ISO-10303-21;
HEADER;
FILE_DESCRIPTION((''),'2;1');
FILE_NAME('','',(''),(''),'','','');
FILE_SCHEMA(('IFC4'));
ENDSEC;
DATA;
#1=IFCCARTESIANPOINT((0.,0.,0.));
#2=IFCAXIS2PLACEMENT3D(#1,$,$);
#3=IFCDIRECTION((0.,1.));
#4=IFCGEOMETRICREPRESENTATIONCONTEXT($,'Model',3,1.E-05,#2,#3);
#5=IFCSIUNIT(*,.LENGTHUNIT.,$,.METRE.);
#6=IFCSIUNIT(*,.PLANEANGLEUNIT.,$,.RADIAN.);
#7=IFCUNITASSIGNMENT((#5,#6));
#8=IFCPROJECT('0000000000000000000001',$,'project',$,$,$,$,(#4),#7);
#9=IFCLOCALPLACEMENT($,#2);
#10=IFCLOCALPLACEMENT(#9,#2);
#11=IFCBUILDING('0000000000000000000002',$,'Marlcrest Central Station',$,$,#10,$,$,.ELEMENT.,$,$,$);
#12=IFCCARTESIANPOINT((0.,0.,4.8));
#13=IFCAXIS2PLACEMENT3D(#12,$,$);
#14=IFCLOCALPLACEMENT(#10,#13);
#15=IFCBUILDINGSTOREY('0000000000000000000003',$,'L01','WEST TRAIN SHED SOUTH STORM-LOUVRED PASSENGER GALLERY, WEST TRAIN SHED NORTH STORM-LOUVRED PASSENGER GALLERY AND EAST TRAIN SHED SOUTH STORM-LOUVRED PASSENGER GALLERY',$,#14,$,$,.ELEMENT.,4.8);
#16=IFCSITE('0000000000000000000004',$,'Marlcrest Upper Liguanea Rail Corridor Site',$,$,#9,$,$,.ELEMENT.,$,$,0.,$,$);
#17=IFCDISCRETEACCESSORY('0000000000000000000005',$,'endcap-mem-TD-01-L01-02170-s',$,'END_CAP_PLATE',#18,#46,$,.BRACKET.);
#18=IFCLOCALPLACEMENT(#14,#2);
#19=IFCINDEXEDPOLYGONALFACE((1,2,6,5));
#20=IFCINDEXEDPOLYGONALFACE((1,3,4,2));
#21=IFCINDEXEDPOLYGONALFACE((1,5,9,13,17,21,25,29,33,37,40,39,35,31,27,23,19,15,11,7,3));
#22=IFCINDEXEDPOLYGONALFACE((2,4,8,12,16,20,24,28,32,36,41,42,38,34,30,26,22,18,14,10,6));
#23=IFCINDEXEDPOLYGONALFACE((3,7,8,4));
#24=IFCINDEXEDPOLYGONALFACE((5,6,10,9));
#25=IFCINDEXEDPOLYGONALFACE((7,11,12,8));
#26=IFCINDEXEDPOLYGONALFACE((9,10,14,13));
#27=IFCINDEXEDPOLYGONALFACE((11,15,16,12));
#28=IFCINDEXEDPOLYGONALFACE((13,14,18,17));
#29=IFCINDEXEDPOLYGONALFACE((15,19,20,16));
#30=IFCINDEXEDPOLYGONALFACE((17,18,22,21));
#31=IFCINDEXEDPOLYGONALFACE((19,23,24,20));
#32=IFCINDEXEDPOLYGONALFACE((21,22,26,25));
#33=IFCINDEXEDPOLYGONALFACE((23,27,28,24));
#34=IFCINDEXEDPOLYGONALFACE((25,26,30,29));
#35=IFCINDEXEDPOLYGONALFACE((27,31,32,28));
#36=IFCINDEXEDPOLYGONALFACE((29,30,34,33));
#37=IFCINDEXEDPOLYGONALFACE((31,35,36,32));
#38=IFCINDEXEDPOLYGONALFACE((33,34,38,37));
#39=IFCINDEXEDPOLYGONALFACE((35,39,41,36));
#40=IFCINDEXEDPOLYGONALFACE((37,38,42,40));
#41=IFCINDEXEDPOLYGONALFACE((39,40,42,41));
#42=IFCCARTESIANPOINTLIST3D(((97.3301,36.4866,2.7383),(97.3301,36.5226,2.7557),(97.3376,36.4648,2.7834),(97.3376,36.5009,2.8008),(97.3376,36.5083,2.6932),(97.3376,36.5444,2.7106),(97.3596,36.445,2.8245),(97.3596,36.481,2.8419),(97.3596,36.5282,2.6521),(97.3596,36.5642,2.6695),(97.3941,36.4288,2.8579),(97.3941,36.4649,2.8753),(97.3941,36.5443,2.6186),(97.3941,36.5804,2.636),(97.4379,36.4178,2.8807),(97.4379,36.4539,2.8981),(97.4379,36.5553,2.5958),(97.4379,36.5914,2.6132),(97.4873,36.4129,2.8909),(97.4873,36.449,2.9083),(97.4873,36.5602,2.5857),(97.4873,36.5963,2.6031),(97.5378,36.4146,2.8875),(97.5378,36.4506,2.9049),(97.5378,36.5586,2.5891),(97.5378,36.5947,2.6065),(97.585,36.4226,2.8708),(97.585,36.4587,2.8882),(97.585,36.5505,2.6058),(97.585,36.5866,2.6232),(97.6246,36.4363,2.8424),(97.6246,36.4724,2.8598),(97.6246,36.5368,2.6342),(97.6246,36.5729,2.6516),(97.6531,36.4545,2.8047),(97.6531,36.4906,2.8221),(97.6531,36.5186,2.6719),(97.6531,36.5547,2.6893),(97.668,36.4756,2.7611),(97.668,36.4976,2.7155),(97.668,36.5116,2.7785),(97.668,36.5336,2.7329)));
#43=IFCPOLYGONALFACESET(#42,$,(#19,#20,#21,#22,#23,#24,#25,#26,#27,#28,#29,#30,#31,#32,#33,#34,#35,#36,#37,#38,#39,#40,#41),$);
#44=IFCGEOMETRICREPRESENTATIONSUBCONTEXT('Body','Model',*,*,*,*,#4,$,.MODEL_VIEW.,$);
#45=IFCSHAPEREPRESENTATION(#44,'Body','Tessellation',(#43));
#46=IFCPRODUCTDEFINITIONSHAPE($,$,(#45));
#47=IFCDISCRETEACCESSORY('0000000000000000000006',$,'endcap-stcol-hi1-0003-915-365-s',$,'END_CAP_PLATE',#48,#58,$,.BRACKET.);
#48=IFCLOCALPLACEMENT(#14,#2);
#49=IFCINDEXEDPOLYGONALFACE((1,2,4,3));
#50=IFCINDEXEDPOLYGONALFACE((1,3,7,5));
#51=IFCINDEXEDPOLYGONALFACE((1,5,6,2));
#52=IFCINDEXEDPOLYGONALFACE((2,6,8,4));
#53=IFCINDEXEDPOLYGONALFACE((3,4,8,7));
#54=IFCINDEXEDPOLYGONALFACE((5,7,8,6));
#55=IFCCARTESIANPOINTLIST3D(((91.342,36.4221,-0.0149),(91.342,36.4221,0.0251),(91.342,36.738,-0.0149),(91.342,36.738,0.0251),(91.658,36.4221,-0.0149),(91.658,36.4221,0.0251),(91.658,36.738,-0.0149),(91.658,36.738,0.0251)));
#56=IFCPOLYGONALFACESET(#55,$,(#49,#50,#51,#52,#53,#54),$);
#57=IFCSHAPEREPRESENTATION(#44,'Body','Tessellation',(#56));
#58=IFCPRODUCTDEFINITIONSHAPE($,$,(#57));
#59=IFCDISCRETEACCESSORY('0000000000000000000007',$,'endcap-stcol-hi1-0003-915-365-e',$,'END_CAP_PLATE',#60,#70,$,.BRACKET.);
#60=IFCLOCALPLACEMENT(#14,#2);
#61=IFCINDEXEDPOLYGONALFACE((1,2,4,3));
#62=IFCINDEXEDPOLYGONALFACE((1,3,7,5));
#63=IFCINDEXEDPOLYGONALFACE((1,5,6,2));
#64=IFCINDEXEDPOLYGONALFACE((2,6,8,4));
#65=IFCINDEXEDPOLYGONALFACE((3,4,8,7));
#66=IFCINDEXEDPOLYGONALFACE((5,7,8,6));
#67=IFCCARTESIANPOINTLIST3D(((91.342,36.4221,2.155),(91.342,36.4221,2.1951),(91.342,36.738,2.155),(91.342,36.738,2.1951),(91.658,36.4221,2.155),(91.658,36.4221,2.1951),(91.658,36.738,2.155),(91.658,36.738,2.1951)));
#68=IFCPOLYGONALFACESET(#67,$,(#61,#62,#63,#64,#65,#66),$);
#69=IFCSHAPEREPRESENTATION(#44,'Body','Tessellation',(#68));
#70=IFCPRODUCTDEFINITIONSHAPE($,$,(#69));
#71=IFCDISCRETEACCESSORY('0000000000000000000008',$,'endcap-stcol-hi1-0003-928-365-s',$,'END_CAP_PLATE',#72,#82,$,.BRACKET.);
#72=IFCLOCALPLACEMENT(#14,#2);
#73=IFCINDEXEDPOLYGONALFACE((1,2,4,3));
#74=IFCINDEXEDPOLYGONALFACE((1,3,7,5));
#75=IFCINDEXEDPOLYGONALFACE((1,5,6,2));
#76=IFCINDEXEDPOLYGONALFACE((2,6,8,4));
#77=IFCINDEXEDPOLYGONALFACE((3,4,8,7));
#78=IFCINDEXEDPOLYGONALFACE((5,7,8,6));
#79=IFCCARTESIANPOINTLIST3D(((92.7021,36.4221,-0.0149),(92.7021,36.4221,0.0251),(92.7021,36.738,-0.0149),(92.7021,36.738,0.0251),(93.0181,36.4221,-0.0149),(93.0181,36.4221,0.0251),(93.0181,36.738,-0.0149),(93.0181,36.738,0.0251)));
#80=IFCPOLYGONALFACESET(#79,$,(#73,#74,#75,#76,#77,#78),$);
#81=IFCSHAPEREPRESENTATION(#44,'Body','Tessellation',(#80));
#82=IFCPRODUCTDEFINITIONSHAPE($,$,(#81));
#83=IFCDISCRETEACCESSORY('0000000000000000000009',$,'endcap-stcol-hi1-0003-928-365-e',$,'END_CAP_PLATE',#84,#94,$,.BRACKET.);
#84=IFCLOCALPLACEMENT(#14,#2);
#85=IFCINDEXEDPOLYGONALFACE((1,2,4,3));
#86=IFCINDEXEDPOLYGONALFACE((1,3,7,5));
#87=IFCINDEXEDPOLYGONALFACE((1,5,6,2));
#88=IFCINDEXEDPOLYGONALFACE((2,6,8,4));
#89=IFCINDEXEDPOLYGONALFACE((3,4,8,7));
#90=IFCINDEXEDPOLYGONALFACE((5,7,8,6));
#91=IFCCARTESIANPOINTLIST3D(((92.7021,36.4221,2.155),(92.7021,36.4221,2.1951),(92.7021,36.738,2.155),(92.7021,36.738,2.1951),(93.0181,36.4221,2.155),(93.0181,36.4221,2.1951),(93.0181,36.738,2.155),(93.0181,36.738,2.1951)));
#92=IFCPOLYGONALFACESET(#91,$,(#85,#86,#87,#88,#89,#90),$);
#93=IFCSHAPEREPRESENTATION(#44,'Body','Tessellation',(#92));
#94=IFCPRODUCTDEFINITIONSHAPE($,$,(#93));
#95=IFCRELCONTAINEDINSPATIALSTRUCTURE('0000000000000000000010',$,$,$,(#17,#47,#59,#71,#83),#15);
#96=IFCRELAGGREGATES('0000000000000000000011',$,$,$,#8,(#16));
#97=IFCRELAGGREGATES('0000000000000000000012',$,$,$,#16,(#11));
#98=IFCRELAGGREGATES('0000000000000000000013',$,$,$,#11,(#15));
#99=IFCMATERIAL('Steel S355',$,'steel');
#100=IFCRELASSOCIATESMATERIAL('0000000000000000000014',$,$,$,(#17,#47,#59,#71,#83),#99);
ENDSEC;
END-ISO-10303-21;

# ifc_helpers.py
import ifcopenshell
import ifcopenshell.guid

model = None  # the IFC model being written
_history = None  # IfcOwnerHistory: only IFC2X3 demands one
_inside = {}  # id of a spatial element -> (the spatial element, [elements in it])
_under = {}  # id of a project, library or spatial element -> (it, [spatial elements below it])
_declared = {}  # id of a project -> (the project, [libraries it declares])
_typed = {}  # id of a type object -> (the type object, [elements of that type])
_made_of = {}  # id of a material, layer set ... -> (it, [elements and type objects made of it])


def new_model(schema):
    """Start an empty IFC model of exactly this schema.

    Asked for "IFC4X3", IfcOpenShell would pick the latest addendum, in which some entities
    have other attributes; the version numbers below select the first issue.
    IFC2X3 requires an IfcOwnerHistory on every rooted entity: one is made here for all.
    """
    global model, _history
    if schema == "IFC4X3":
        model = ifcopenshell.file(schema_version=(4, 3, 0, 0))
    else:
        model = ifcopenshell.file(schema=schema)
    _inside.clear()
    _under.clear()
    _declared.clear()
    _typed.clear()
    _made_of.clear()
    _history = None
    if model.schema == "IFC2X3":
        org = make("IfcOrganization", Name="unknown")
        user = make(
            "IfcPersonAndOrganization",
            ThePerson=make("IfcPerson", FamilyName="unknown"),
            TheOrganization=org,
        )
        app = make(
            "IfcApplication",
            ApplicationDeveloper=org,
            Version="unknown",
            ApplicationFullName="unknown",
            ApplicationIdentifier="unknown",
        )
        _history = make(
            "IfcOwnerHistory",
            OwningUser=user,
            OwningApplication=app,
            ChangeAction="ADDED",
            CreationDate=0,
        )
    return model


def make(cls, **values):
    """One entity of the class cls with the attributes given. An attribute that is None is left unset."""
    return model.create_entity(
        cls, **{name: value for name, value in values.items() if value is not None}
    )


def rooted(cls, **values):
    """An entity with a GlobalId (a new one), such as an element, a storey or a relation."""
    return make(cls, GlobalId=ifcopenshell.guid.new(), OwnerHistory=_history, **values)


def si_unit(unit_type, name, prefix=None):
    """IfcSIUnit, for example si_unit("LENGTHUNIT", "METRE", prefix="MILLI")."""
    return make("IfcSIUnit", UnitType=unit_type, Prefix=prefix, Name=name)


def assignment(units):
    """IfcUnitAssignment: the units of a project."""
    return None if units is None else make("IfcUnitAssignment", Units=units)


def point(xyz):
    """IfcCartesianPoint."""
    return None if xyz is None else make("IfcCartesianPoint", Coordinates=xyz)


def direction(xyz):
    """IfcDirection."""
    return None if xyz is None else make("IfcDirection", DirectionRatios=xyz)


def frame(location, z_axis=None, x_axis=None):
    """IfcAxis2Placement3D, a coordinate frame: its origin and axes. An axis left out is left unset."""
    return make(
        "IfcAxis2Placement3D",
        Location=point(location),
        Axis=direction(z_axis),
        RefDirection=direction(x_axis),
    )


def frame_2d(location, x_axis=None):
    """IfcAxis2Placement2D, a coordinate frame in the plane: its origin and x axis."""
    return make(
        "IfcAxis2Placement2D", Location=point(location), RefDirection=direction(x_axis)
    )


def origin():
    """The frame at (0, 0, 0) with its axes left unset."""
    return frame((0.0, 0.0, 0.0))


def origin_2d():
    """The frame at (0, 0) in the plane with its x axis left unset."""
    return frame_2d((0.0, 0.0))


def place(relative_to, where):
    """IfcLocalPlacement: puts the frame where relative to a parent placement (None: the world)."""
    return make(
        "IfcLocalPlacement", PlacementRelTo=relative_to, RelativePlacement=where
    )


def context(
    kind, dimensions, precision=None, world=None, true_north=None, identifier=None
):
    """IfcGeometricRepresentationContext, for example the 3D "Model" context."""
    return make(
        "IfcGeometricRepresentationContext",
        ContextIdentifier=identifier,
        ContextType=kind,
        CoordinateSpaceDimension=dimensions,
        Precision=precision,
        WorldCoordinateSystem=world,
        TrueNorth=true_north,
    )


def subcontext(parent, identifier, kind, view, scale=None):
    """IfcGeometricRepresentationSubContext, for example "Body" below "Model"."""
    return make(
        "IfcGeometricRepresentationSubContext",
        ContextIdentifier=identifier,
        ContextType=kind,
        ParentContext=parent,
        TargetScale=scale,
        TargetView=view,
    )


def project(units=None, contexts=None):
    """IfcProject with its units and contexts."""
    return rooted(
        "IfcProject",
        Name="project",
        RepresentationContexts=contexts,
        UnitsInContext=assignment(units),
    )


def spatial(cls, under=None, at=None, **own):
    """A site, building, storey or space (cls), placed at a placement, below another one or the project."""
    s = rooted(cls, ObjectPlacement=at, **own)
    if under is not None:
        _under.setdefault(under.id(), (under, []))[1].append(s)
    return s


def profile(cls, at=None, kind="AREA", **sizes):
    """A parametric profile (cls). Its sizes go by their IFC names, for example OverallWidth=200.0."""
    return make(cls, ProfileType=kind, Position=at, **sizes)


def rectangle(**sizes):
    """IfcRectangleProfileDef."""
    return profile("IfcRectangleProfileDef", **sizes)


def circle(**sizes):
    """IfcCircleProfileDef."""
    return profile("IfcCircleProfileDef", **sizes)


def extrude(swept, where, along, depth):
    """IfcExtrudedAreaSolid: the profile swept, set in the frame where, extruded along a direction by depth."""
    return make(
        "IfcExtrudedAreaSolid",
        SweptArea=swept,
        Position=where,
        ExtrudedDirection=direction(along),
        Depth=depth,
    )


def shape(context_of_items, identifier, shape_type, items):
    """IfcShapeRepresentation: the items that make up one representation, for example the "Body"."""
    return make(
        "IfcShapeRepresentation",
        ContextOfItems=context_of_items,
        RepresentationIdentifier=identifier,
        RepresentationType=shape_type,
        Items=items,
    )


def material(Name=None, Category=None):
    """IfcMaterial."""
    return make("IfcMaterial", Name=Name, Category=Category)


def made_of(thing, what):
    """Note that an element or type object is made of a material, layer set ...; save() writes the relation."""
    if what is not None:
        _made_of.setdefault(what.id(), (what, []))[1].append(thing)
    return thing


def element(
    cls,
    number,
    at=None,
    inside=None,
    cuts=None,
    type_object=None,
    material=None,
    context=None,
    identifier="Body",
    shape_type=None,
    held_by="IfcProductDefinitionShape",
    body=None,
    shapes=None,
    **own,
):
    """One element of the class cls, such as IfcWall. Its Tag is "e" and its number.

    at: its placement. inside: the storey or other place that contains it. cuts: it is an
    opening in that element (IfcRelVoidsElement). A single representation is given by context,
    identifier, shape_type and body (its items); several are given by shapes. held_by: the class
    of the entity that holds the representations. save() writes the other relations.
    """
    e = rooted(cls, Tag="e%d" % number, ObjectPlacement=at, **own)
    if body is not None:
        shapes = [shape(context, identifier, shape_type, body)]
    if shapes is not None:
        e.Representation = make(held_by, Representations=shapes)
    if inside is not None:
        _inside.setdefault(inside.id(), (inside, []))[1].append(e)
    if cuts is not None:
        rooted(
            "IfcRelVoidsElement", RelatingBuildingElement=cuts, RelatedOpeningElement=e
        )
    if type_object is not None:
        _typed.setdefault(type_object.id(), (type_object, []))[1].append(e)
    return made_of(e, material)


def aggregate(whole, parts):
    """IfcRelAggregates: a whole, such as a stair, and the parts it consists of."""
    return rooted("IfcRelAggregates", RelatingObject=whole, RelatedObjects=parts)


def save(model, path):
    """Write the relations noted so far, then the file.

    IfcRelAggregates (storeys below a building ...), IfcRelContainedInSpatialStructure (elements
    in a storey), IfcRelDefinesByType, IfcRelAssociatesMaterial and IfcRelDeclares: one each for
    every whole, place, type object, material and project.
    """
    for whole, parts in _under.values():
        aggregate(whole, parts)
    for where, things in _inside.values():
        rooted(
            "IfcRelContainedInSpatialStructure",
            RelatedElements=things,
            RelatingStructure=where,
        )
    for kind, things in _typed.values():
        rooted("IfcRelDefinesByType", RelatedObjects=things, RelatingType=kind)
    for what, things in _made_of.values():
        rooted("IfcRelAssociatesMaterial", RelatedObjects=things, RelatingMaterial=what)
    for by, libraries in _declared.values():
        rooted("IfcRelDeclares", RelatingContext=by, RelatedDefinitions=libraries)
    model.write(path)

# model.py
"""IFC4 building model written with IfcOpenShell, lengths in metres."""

from ifc_helpers import new_model, si_unit, direction, frame, origin, origin_2d, place, context, subcontext, project, spatial, rectangle, circle, extrude, material, element, save


model = new_model("IFC4")

# Units and contexts
model_context = context("Model", 3, precision=1e-05, world=origin(), true_north=direction((0.0, 1.0)))
body_context = subcontext(model_context, "Body", "Model", "MODEL_VIEW")
ifc_project = project(units=[si_unit("LENGTHUNIT", "METRE"), si_unit("PLANEANGLEUNIT", "RADIAN")], contexts=[model_context])

# Site, building, storey
site_placement = place(None, origin())
site = spatial("IfcSite", under=ifc_project, at=site_placement, Name="Marlcrest Upper Liguanea Rail Corridor Site", CompositionType="ELEMENT", RefElevation=0.0)
building_placement = place(site_placement, origin())
building = spatial("IfcBuilding", under=site, at=building_placement, Name="Marlcrest Central Station", CompositionType="ELEMENT")
storey_placement = place(building_placement, frame((0.0, 0.0, 4.8)))
storey = spatial("IfcBuildingStorey", under=building, at=storey_placement, Name="L01", Description="WEST TRAIN SHED SOUTH STORM-LOUVRED PASSENGER GALLERY, WEST TRAIN SHED NORTH STORM-LOUVRED PASSENGER GALLERY AND EAST TRAIN SHED SOUTH STORM-LOUVRED PASSENGER GALLERY", CompositionType="ELEMENT", Elevation=4.8)

# Shared definitions
ifc_material_1 = material(Name="Steel S355", Category="steel")

# Discrete accessories
discrete_accessory_placement = place(storey_placement, frame((97.5, 36.4866, 2.7383), z_axis=(0.0, 0.900552, 0.434749), x_axis=(-1.0, 0.0, 0.0)))
element("IfcDiscreteAccessory", 1, at=discrete_accessory_placement, inside=storey, material=ifc_material_1, Name="endcap-mem-TD-01-L01-02170-s", ObjectType="END_CAP_PLATE", PredefinedType="BRACKET", context=body_context, shape_type="SweptSolid", body=[
    extrude(circle(Radius=0.1699, at=origin_2d()), origin(), (0.0, 0.0, 1.0), 0.04),
])
for number, where, z_axis, x_axis, name in (
    (2, (91.5, 36.5801, -0.0149), (0.0, 0.0, 1.0), (1.0, 0.0, 0.0), "endcap-stcol-hi1-0003-915-365-s"),
    (3, (91.5, 36.5801, 2.155), (0.0, 0.0, 1.0), (1.0, 0.0, 0.0), "endcap-stcol-hi1-0003-915-365-e"),
    (4, (92.8601, 36.5801, -0.0149), (0.0, 0.0, 1.0), (1.0, 0.0, 0.0), "endcap-stcol-hi1-0003-928-365-s"),
    (5, (92.8601, 36.5801, 2.155), (0.0, 0.0, 1.0), (1.0, 0.0, 0.0), "endcap-stcol-hi1-0003-928-365-e"),
):
    element("IfcDiscreteAccessory", number, at=place(storey_placement, frame(where, z_axis=z_axis, x_axis=x_axis)), inside=storey, material=ifc_material_1, Name=name, ObjectType="END_CAP_PLATE", PredefinedType="BRACKET", context=body_context, shape_type="SweptSolid", body=[
        extrude(rectangle(XDim=0.3159, YDim=0.3159, at=origin_2d()), origin(), (0.0, 0.0, 1.0), 0.04),
    ])

save(model, "model.ifc")
